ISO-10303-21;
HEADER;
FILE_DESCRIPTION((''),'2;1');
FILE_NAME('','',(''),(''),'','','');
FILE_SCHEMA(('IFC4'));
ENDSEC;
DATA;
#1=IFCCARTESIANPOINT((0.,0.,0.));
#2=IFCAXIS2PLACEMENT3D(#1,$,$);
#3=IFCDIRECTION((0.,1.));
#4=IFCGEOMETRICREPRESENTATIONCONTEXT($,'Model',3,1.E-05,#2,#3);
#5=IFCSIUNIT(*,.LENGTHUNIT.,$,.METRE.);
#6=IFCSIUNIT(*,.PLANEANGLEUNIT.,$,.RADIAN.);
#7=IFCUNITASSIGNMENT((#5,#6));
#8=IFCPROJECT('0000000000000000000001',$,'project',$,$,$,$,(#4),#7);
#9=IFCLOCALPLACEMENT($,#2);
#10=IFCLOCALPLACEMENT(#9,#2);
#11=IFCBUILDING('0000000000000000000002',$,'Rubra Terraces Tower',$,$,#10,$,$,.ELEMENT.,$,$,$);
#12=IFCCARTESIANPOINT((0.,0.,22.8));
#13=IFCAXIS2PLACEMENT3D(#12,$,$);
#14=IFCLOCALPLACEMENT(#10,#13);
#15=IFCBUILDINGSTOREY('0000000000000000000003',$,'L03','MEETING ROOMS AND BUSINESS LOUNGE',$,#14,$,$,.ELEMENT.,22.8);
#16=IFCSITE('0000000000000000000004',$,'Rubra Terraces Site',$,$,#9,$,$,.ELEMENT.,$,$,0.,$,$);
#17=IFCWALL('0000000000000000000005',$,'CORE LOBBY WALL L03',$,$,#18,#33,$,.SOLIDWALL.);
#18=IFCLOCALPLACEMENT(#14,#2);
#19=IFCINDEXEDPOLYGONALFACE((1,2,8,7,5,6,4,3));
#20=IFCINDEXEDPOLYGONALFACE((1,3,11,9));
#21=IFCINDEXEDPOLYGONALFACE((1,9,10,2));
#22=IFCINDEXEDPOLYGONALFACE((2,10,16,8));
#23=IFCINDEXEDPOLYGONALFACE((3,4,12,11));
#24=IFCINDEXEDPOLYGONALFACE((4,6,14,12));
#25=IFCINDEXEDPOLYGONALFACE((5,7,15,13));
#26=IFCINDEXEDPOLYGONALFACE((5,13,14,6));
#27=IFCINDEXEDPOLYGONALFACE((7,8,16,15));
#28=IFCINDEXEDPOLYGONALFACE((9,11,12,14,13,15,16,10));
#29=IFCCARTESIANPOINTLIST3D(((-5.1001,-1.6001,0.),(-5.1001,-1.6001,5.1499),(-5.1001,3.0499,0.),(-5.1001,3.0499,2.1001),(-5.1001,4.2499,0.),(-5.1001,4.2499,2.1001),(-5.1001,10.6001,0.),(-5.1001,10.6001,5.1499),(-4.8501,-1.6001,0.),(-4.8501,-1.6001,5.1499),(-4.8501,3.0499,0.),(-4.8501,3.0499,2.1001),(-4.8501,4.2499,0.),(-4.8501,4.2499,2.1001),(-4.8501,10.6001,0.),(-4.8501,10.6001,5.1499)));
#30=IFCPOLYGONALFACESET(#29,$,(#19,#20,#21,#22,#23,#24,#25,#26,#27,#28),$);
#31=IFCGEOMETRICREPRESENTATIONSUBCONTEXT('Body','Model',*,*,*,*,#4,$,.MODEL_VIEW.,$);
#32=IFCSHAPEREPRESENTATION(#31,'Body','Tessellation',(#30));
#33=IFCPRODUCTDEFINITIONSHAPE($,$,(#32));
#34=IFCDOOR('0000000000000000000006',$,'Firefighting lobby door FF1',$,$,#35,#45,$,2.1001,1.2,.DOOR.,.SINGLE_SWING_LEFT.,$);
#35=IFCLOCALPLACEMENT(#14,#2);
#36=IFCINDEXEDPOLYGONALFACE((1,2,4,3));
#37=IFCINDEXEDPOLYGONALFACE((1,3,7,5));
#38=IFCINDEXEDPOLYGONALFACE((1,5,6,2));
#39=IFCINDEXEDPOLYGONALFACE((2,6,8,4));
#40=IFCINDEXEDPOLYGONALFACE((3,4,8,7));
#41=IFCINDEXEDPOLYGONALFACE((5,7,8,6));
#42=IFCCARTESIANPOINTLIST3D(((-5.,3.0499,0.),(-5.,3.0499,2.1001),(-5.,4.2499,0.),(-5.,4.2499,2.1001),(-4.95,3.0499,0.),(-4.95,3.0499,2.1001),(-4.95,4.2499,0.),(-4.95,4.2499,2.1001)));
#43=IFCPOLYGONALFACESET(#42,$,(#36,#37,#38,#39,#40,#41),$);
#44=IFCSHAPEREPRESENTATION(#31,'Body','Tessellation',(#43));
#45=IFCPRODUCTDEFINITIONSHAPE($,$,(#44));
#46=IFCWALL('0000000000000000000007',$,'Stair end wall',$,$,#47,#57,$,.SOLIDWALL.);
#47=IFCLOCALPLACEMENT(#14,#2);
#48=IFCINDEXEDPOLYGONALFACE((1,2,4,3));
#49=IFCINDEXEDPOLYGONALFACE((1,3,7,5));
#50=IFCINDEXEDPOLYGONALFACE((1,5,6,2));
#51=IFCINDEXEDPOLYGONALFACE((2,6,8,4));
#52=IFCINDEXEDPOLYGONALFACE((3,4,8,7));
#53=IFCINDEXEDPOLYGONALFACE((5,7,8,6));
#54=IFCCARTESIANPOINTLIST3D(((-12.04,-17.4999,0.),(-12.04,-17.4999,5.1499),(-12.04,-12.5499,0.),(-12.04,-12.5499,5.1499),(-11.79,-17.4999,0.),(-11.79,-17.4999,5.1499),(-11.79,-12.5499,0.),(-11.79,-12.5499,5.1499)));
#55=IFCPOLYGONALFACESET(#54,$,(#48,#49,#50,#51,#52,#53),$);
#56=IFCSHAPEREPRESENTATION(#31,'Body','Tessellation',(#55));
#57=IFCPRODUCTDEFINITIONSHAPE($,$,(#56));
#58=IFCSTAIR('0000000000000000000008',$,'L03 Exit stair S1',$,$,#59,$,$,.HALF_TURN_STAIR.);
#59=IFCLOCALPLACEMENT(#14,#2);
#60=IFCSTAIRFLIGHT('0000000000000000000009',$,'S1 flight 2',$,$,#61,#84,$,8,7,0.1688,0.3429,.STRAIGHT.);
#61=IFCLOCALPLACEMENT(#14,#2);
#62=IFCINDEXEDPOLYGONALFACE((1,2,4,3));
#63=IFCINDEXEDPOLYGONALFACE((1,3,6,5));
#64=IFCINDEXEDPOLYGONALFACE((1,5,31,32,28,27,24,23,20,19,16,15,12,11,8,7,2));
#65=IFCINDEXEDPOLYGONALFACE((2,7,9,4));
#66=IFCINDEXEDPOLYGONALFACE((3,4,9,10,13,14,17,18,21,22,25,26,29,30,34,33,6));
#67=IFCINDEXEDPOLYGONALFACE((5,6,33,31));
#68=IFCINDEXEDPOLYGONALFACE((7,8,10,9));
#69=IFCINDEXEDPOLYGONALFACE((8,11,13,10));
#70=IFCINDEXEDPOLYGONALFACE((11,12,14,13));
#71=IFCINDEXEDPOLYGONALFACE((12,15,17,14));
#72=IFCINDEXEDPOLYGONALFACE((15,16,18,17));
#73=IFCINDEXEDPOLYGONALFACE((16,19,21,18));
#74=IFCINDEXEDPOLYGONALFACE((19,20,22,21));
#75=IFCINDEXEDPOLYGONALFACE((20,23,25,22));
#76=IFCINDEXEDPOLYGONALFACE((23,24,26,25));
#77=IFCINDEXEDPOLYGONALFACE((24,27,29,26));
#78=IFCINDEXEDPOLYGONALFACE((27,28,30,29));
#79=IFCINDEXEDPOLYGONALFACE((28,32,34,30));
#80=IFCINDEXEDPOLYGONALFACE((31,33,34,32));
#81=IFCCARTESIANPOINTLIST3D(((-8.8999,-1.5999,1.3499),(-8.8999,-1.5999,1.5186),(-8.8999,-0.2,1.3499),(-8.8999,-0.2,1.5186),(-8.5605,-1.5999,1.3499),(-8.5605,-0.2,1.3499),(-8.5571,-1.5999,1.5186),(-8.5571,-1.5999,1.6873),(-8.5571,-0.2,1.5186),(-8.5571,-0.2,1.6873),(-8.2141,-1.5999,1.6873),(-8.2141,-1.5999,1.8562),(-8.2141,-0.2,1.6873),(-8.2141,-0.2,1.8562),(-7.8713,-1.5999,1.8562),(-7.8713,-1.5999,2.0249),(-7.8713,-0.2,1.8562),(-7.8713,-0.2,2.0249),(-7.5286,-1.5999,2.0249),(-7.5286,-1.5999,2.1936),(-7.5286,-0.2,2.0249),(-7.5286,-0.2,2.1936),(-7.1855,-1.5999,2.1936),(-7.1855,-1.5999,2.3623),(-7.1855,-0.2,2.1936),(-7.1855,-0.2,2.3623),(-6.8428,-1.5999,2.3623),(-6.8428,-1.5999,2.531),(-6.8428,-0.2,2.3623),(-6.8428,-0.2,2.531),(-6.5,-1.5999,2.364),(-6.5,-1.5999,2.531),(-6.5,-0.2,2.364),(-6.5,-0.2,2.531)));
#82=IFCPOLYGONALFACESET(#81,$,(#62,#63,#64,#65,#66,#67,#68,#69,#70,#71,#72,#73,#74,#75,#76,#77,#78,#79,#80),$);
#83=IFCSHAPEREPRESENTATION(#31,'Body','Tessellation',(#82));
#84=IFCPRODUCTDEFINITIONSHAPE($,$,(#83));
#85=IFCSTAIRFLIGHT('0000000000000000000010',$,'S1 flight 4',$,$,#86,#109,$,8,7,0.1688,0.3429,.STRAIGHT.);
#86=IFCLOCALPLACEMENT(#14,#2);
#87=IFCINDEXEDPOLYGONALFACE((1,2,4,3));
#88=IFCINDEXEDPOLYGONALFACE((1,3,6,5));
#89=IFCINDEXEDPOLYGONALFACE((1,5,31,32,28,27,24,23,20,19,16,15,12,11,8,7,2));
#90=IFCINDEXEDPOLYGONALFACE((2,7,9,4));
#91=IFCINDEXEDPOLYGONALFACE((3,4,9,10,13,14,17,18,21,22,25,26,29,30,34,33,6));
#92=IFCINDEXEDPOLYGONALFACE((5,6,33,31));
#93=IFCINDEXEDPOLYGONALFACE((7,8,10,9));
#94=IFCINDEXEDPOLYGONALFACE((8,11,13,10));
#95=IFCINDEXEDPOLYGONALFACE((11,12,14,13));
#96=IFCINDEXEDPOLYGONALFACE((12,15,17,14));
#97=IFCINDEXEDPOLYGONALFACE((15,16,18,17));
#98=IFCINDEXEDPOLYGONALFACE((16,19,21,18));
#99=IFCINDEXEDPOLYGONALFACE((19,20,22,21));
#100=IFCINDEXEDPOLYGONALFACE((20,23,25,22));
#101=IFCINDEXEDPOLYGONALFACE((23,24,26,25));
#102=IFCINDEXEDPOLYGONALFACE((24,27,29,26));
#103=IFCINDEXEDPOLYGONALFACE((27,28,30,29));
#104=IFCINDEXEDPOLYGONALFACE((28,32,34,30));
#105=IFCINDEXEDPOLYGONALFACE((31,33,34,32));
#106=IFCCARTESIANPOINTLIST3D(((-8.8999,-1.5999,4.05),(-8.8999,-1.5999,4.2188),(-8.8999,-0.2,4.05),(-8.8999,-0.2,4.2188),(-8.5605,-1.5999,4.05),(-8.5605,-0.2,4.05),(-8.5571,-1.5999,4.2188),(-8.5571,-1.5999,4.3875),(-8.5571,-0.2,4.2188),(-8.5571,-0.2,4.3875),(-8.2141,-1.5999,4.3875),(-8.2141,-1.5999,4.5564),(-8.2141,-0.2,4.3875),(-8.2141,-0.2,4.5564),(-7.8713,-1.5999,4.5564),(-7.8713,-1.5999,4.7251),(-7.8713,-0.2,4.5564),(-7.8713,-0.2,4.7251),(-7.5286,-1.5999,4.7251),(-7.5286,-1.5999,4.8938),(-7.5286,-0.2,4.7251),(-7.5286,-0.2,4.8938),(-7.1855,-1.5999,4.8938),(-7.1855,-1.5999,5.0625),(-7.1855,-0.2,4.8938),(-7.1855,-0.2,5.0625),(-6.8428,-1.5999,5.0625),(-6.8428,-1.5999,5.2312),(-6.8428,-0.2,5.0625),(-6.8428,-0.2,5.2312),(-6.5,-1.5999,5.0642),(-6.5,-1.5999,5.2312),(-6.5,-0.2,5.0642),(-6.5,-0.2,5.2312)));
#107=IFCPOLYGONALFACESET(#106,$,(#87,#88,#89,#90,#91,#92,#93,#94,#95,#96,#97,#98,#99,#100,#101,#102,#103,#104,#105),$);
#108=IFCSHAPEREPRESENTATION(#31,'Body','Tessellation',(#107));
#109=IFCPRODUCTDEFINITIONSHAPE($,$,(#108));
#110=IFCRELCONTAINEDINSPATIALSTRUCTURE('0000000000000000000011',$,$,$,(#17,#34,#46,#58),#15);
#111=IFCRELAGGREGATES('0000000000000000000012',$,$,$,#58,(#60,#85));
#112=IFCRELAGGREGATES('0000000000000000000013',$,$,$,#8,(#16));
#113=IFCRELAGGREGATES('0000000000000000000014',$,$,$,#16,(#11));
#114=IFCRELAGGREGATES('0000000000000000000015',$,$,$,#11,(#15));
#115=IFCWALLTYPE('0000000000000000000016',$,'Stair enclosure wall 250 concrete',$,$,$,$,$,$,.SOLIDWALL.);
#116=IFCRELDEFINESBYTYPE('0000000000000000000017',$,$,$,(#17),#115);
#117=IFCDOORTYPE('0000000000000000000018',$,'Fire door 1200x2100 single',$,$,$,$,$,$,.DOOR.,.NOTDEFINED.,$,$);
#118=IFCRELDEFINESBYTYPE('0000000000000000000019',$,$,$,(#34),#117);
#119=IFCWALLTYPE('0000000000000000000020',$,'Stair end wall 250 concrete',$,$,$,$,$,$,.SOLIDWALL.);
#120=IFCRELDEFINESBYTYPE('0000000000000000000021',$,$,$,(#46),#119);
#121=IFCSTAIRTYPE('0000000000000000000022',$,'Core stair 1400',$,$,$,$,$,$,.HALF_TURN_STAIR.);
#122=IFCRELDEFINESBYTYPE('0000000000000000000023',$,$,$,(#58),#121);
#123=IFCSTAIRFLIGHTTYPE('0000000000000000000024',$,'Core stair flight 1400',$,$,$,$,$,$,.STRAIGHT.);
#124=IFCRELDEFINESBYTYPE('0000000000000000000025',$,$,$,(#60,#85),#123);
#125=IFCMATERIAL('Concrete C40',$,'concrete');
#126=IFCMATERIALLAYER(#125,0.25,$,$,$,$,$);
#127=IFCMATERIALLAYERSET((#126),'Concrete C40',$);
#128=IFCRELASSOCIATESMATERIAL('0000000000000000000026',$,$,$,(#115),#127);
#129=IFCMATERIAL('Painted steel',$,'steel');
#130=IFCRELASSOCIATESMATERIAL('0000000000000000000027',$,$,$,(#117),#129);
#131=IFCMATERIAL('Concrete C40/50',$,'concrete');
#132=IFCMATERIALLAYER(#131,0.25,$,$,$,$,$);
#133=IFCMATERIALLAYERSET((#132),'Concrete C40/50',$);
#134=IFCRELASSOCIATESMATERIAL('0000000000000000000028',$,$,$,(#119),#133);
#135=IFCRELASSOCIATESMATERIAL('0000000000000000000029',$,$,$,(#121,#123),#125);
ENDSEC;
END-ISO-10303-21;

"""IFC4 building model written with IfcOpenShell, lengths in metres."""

from ifc_helpers import new_model, si_unit, direction, frame, frame_2d, origin, place, context, subcontext, project, spatial, polyline, rectangle, outline, extrude, material, layer, layer_set, type_object, element, fill, aggregate, save


model = new_model("IFC4")

# Units and contexts
model_context = context("Model", 3, precision=1e-05, world=origin(), true_north=direction((0.0, 1.0)))
body_context = subcontext(model_context, "Body", "Model", "MODEL_VIEW")
ifc_project = project(units=[si_unit("LENGTHUNIT", "METRE"), si_unit("PLANEANGLEUNIT", "RADIAN")], contexts=[model_context])

# Site, building, storey
site_placement = place(None, origin())
site = spatial("IfcSite", under=ifc_project, at=site_placement, Name="Rubra Terraces Site", CompositionType="ELEMENT", RefElevation=0.0)
building_placement = place(site_placement, origin())
building = spatial("IfcBuilding", under=site, at=building_placement, Name="Rubra Terraces Tower", CompositionType="ELEMENT")
storey_placement = place(building_placement, frame((0.0, 0.0, 22.8)))
storey = spatial("IfcBuildingStorey", under=building, at=storey_placement, Name="L03", Description="MEETING ROOMS AND BUSINESS LOUNGE", CompositionType="ELEMENT", Elevation=22.8)

# Shared definitions
ifc_material_1 = material(Name="Painted steel", Category="steel")

# Wall, opening, door
ifc_material_2 = material(Name="Concrete C40", Category="concrete")
ifc_layer_1 = layer(ifc_material_2, 0.25)
ifc_layer_set_1 = layer_set([ifc_layer_1], Name="Concrete C40")
wall_type_1 = type_object("IfcWallType", Name="Stair enclosure wall 250 concrete", PredefinedType="SOLIDWALL", material=ifc_layer_set_1)
wall_1_placement = place(storey_placement, frame((-4.9751, -1.6001, 0.0), z_axis=(0.0, 0.0, 1.0), x_axis=(0.0, 1.0, 0.0)))
wall_1 = element("IfcWall", 1, at=wall_1_placement, inside=storey, type_object=wall_type_1, Name="CORE LOBBY WALL L03", PredefinedType="SOLIDWALL", context=body_context, shape_type="SweptSolid", body=[
    extrude(rectangle(XDim=12.2002, YDim=0.25, at=frame_2d((6.1001, 0.0))), origin(), (0.0, 0.0, 1.0), 5.1499),
])
opening_1_placement = place(wall_1_placement, frame((4.6499, 0.0, 0.0)))
opening_1 = element("IfcOpeningElement", 2, at=opening_1_placement, cuts=wall_1, PredefinedType="OPENING", context=body_context, shape_type="SweptSolid", body=[
    extrude(rectangle(XDim=1.2, YDim=2.1001, at=frame_2d((0.6001, 1.05))), frame((0.0, 0.135, 0.0), z_axis=(0.0, -1.0, 0.0), x_axis=(1.0, 0.0, 0.0)), (0.0, 0.0, 1.0), 0.27),
])
door_type_1 = type_object("IfcDoorType", Name="Fire door 1200x2100 single", OperationType="NOTDEFINED", PredefinedType="DOOR", material=ifc_material_1)
door_1_placement = place(opening_1_placement, origin())
door_1 = element("IfcDoor", 3, at=door_1_placement, inside=storey, type_object=door_type_1, Name="Firefighting lobby door FF1", OperationType="SINGLE_SWING_LEFT", OverallHeight=2.1001, OverallWidth=1.2, PredefinedType="DOOR", context=body_context, shape_type="SweptSolid", body=[
    extrude(rectangle(XDim=1.2, YDim=2.1001, at=frame_2d((0.6001, 1.05))), frame((0.0, 0.0249, 0.0), z_axis=(0.0, -1.0, 0.0), x_axis=(1.0, 0.0, 0.0)), (0.0, 0.0, 1.0), 0.05),
])
fill(opening_1, door_1)

# Wall
ifc_material_3 = material(Name="Concrete C40/50", Category="concrete")
ifc_layer_2 = layer(ifc_material_3, 0.25)
ifc_layer_set_2 = layer_set([ifc_layer_2], Name="Concrete C40/50")
wall_type_2 = type_object("IfcWallType", Name="Stair end wall 250 concrete", PredefinedType="SOLIDWALL", material=ifc_layer_set_2)
wall_2_placement = place(storey_placement, frame((-11.915, -17.5, 0.0), z_axis=(0.0, 0.0, 1.0), x_axis=(0.0, 1.0, 0.0)))
element("IfcWall", 4, at=wall_2_placement, inside=storey, type_object=wall_type_2, Name="Stair end wall", PredefinedType="SOLIDWALL", context=body_context, shape_type="SweptSolid", body=[
    extrude(rectangle(XDim=4.95, YDim=0.25, at=frame_2d((2.4751, 0.0))), origin(), (0.0, 0.0, 1.0), 5.1499),
])

# Stair, stair flights
stair_type = type_object("IfcStairType", Name="Core stair 1400", PredefinedType="HALF_TURN_STAIR", material=ifc_material_2)
stair_placement = place(storey_placement, origin())
stair = element("IfcStair", 5, at=stair_placement, inside=storey, type_object=stair_type, Name="L03 Exit stair S1", PredefinedType="HALF_TURN_STAIR")
stair_flight_type = type_object("IfcStairFlightType", Name="Core stair flight 1400", PredefinedType="STRAIGHT", material=ifc_material_2)
stair_flight_1_placement = place(storey_placement, frame((-8.8999, -0.8999, 1.3499), z_axis=(0.0, 0.0, 1.0), x_axis=(1.0, 0.0, 0.0)))
stair_flight_1 = element("IfcStairFlight", 6, at=stair_flight_1_placement, type_object=stair_flight_type, Name="S1 flight 2", NumberOfRisers=8, NumberOfTreads=7, PredefinedType="STRAIGHT", RiserHeight=0.1688, TreadLength=0.3429, context=body_context, shape_type="SweptSolid", body=[
    extrude(outline(polyline([(0.0, 0.0), (0.0, 0.1687), (0.3428, 0.1687), (0.3428, 0.3374), (0.6858, 0.3374), (0.6858, 0.5063), (1.0286, 0.5063), (1.0286, 0.675), (1.3713, 0.675), (1.3713, 0.8438), (1.7144, 0.8438), (1.7144, 1.0125), (2.0571, 1.0125), (2.0571, 1.1812), (2.3999, 1.1812), (2.3999, 1.3501), (2.3999, 1.0142), (0.3394, 0.0), (0.0, 0.0)])), frame((0.0, 0.7, 0.0), z_axis=(0.0, -1.0, 0.0), x_axis=(1.0, 0.0, 0.0)), (0.0, 0.0, 1.0), 1.3999),
])
stair_flight_2_placement = place(storey_placement, frame((-8.8999, -0.8999, 4.05), z_axis=(0.0, 0.0, 1.0), x_axis=(1.0, 0.0, 0.0)))
stair_flight_2 = element("IfcStairFlight", 7, at=stair_flight_2_placement, type_object=stair_flight_type, Name="S1 flight 4", NumberOfRisers=8, NumberOfTreads=7, PredefinedType="STRAIGHT", RiserHeight=0.1688, TreadLength=0.3429, context=body_context, shape_type="SweptSolid", body=[
    extrude(outline(polyline([(0.0, 0.0), (0.0, 0.1687), (0.3428, 0.1687), (0.3428, 0.3374), (0.6858, 0.3374), (0.6858, 0.5063), (1.0286, 0.5063), (1.0286, 0.675), (1.3713, 0.675), (1.3713, 0.8438), (1.7144, 0.8438), (1.7144, 1.0125), (2.0571, 1.0125), (2.0571, 1.1812), (2.3999, 1.1812), (2.3999, 1.3501), (2.3999, 1.0142), (0.3394, 0.0), (0.0, 0.0)])), frame((0.0, 0.7, 0.0), z_axis=(0.0, -1.0, 0.0), x_axis=(1.0, 0.0, 0.0)), (0.0, 0.0, 1.0), 1.3999),
])
aggregate(stair, [stair_flight_1, stair_flight_2])

save(model, "model.ifc")
